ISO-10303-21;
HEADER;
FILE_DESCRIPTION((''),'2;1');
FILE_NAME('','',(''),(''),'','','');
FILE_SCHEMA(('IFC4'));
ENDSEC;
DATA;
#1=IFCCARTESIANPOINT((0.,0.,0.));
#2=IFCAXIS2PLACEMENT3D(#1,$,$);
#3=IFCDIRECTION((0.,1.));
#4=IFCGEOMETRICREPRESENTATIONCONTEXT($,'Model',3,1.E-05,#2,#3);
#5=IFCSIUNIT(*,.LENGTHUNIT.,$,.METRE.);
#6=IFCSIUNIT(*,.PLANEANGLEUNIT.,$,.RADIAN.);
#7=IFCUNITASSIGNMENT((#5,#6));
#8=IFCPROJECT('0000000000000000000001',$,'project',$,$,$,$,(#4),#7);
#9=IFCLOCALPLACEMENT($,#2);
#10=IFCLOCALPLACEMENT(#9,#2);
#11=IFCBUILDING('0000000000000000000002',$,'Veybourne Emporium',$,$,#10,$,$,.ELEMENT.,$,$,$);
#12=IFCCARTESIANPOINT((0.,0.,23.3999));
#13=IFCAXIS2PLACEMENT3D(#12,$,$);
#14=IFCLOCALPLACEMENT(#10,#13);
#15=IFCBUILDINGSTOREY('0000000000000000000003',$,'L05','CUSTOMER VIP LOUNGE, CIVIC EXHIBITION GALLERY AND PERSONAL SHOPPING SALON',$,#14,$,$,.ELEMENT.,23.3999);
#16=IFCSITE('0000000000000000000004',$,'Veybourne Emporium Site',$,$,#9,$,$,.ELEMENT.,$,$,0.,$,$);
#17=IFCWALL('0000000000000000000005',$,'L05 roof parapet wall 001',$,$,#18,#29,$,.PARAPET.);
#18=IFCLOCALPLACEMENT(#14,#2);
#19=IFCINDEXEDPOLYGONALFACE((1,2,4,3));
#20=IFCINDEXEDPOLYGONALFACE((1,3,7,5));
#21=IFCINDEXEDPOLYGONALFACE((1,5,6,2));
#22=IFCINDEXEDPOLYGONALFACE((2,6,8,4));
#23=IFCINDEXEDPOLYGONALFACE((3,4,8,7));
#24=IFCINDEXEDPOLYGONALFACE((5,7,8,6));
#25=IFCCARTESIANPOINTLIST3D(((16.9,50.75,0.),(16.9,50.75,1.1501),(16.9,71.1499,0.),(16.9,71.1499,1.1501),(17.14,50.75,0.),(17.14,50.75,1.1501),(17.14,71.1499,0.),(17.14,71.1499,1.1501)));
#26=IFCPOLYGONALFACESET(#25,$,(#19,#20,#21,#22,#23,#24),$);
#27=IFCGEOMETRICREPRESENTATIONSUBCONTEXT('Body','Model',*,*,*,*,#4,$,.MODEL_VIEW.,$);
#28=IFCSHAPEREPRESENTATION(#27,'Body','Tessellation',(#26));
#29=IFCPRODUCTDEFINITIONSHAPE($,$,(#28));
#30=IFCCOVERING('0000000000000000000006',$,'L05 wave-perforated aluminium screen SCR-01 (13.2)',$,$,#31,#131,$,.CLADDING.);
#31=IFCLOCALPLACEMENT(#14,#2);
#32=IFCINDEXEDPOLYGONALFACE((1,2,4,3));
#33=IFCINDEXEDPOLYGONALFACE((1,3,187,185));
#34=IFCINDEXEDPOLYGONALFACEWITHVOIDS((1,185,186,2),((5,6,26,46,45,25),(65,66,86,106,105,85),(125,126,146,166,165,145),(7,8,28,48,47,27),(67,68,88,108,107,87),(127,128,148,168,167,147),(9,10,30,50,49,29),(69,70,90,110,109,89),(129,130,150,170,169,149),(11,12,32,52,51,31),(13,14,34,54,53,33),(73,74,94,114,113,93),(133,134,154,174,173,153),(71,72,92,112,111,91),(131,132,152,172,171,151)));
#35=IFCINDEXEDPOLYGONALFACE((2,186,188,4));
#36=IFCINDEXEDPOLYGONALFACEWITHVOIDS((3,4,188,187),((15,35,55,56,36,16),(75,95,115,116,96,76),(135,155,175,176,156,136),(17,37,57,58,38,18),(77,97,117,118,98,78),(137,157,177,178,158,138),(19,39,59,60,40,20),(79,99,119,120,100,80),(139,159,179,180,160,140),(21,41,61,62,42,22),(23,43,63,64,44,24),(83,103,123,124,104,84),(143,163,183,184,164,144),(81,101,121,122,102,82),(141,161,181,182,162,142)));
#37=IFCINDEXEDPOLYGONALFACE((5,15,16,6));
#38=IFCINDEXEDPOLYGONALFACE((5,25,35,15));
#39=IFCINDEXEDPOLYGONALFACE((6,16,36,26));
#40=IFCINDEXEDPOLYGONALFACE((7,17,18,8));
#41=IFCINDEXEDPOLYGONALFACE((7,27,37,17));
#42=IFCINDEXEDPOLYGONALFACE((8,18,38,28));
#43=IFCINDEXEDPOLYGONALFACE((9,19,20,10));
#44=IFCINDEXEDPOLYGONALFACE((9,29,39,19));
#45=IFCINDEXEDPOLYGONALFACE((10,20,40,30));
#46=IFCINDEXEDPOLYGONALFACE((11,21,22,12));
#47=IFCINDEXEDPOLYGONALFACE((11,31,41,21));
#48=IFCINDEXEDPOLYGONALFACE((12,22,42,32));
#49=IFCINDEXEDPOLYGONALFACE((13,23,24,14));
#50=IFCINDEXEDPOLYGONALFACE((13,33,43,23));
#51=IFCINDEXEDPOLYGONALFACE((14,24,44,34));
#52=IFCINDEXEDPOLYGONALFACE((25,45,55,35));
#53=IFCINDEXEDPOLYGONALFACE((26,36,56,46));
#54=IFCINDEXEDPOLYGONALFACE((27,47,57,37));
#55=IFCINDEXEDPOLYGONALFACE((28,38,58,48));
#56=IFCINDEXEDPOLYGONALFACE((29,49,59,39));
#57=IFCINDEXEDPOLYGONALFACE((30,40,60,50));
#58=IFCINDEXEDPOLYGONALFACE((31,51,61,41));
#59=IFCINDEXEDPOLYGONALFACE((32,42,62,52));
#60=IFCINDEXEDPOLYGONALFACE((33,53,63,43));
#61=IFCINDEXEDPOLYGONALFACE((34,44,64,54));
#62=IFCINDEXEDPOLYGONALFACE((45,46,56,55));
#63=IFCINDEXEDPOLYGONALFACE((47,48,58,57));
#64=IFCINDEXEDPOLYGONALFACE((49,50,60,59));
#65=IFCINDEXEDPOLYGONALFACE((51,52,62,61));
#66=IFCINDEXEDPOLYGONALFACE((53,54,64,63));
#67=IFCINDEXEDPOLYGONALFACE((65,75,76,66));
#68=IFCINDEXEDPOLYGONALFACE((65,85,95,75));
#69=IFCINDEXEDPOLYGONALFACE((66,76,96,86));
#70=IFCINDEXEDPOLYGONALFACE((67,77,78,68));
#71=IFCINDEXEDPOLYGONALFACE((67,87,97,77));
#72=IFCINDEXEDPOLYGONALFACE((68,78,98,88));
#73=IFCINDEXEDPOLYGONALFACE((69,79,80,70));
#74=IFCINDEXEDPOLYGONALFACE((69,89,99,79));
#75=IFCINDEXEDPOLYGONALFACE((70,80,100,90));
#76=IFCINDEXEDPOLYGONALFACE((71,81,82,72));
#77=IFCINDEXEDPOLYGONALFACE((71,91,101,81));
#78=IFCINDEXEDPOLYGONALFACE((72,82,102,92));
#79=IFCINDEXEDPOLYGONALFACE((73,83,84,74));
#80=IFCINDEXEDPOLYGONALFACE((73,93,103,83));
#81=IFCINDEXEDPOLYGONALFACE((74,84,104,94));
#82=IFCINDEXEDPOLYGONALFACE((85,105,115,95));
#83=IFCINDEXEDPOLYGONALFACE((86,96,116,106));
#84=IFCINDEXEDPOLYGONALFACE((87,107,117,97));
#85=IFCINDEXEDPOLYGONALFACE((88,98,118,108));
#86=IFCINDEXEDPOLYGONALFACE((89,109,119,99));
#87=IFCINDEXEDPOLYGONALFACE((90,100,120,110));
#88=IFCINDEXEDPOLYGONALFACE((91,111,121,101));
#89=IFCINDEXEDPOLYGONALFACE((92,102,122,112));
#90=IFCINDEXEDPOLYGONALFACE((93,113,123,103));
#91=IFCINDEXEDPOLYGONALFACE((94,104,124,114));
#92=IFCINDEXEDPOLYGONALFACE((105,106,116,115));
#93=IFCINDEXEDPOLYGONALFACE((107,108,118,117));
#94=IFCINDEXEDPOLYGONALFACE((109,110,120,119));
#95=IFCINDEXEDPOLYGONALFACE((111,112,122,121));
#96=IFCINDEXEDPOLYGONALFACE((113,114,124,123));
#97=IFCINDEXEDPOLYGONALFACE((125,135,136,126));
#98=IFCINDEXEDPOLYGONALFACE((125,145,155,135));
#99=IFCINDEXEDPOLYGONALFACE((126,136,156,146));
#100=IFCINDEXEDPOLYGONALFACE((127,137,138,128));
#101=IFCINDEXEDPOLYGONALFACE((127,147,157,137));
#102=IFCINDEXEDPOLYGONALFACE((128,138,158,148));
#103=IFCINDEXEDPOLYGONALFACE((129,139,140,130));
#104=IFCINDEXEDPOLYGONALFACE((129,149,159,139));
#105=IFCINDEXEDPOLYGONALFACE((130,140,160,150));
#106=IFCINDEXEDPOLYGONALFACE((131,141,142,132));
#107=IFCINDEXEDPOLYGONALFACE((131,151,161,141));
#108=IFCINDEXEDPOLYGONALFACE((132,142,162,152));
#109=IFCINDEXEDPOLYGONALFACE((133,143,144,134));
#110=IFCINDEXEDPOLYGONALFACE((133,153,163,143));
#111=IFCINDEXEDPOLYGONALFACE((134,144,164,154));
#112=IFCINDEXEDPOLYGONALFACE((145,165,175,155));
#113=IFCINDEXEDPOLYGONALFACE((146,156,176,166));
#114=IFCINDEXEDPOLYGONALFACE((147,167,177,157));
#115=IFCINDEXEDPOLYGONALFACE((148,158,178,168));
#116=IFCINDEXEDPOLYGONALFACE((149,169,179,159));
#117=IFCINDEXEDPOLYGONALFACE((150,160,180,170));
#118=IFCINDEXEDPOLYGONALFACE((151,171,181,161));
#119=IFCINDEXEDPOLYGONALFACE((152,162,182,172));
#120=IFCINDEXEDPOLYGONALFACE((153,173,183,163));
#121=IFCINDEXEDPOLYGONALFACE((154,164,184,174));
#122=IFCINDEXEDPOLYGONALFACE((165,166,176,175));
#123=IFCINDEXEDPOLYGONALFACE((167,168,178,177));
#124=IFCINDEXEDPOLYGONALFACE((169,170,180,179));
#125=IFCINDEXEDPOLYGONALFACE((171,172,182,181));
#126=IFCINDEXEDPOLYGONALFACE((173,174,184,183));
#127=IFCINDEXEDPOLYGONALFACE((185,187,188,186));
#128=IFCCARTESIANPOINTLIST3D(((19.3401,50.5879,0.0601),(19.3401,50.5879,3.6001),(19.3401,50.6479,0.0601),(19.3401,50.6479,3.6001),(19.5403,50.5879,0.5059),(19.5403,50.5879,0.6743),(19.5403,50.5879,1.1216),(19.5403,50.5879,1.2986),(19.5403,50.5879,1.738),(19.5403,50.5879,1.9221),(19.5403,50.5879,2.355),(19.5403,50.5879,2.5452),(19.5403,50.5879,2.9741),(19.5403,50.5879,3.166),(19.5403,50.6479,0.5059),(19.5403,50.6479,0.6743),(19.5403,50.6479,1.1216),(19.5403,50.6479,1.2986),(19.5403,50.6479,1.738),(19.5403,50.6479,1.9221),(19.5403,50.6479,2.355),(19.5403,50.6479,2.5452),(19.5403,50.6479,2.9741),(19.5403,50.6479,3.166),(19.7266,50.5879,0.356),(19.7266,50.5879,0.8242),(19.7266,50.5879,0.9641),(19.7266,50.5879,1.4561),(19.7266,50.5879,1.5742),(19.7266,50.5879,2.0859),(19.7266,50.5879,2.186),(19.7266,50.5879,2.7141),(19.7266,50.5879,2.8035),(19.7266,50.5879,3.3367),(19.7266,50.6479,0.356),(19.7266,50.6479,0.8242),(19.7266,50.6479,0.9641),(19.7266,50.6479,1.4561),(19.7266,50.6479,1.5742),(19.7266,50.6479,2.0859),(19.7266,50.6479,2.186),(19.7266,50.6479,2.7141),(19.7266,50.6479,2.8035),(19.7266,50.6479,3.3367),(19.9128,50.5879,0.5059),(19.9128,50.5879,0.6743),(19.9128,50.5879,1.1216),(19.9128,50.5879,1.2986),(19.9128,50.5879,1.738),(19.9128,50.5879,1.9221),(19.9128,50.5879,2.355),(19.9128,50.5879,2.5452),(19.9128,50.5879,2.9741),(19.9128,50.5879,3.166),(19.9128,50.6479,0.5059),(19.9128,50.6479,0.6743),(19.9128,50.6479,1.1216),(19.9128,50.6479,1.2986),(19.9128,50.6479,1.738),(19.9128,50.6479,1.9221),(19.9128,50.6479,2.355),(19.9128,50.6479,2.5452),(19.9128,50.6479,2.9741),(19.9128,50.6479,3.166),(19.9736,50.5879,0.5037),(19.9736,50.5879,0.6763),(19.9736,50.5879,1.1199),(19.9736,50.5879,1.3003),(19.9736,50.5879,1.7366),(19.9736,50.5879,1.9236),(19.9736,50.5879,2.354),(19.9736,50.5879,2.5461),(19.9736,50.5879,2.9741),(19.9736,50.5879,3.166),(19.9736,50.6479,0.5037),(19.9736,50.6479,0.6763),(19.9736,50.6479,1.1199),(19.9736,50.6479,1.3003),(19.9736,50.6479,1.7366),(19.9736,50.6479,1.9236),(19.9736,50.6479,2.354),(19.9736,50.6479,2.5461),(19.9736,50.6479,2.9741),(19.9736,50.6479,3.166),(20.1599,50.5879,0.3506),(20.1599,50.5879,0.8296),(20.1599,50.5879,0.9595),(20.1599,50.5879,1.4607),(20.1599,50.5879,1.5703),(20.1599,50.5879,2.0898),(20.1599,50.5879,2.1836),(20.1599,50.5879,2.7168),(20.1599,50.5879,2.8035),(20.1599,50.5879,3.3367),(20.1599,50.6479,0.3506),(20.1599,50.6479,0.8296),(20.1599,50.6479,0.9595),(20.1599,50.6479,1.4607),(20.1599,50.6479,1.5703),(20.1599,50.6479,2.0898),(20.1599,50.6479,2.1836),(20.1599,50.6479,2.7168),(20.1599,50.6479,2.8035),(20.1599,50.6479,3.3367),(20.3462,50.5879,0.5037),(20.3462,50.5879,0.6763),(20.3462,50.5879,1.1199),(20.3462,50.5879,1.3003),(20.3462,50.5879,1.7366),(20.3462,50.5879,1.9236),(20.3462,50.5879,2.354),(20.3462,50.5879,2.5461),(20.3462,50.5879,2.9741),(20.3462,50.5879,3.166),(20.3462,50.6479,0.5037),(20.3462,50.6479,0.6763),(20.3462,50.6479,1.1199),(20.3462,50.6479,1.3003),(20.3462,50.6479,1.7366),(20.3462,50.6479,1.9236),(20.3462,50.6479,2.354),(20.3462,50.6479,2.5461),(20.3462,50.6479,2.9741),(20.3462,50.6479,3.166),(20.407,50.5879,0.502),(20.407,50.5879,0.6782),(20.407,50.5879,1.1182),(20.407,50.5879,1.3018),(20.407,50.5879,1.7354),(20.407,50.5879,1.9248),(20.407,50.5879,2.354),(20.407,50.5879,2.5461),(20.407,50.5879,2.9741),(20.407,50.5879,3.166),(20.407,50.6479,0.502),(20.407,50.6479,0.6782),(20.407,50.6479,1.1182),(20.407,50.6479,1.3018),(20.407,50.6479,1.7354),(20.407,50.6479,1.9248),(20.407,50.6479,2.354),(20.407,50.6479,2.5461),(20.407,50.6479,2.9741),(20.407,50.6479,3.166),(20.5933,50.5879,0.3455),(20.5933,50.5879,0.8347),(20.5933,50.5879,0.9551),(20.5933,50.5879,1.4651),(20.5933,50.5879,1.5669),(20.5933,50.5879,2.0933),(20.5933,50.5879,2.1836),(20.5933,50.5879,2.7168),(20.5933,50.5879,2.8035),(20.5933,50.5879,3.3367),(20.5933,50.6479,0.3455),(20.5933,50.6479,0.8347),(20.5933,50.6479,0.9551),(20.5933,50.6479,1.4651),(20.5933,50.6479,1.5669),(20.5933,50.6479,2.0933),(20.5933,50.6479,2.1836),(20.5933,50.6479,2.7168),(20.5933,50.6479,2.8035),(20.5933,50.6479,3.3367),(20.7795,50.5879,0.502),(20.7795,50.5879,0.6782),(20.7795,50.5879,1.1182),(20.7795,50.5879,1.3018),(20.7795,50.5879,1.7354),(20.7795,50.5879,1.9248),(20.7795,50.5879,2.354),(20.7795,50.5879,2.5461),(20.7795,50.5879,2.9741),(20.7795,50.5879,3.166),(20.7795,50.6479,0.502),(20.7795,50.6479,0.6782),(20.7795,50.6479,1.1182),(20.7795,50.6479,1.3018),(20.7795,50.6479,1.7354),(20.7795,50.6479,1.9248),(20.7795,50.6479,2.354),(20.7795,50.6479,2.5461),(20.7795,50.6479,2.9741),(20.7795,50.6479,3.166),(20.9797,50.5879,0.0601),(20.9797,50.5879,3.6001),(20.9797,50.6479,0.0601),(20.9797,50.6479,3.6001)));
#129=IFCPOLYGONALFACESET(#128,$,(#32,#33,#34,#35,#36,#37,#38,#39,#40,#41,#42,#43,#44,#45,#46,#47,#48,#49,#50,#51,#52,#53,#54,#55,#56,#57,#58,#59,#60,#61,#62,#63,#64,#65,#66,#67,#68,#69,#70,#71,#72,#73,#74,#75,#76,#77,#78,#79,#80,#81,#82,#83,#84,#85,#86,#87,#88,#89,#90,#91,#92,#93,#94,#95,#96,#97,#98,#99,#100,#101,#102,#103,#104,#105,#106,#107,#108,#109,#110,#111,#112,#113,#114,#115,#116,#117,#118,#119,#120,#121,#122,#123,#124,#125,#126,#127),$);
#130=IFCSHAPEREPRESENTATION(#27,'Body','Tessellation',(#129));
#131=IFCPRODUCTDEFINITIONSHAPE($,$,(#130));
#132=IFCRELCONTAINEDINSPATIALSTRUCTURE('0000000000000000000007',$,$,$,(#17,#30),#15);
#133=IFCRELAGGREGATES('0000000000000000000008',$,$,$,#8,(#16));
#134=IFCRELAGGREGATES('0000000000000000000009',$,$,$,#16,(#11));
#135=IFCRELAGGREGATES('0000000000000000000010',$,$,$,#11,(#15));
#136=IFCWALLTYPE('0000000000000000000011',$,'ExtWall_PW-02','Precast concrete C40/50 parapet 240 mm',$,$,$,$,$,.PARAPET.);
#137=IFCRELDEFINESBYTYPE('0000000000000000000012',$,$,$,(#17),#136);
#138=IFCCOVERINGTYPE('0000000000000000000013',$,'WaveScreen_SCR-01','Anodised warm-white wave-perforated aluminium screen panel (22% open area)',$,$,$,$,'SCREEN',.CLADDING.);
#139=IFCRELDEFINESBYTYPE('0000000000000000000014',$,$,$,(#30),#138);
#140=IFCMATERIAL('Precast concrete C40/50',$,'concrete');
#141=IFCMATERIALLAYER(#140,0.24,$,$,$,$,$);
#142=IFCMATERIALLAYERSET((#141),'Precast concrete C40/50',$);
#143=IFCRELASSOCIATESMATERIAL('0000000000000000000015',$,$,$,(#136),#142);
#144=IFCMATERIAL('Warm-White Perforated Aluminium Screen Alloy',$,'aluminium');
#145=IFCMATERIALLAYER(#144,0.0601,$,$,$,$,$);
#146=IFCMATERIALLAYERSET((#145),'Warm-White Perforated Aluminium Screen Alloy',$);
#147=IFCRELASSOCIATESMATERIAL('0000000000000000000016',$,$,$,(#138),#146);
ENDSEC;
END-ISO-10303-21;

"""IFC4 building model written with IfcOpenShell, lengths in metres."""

from ifc_helpers import new_model, si_unit, direction, frame, frame_2d, origin, place, context, subcontext, project, spatial, polyline, rectangle, outline, extrude, material, layer, layer_set, type_object, element, save


model = new_model("IFC4")

# Units and contexts
model_context = context("Model", 3, precision=1e-05, world=origin(), true_north=direction((0.0, 1.0)))
body_context = subcontext(model_context, "Body", "Model", "MODEL_VIEW")
ifc_project = project(units=[si_unit("LENGTHUNIT", "METRE"), si_unit("PLANEANGLEUNIT", "RADIAN")], contexts=[model_context])

# Site, building, storey
site_placement = place(None, origin())
site = spatial("IfcSite", under=ifc_project, at=site_placement, Name="Veybourne Emporium Site", CompositionType="ELEMENT", RefElevation=0.0)
building_placement = place(site_placement, origin())
building = spatial("IfcBuilding", under=site, at=building_placement, Name="Veybourne Emporium", CompositionType="ELEMENT")
storey_placement = place(building_placement, frame((0.0, 0.0, 23.3999)))
storey = spatial("IfcBuildingStorey", under=building, at=storey_placement, Name="L05", Description="CUSTOMER VIP LOUNGE, CIVIC EXHIBITION GALLERY AND PERSONAL SHOPPING SALON", CompositionType="ELEMENT", Elevation=23.3999)

# Wall
ifc_material_1 = material(Name="Precast concrete C40/50", Category="concrete")
ifc_layer_1 = layer(ifc_material_1, 0.24)
ifc_layer_set_1 = layer_set([ifc_layer_1], Name="Precast concrete C40/50")
wall_type_1 = type_object("IfcWallType", Name="ExtWall_PW-02", Description="Precast concrete C40/50 parapet 240 mm", PredefinedType="PARAPET", material=ifc_layer_set_1)
wall_1_placement = place(storey_placement, frame((17.02, 50.75, 0.0), z_axis=(0.0, 0.0, 1.0), x_axis=(0.0, 1.0, 0.0)))
element("IfcWall", 1, at=wall_1_placement, inside=storey, type_object=wall_type_1, Name="L05 roof parapet wall 001", PredefinedType="PARAPET", context=body_context, shape_type="SweptSolid", body=[
    extrude(rectangle(XDim=20.3999, YDim=0.24, at=frame_2d((10.2, 0.0))), origin(), (0.0, 0.0, 1.0), 1.1501),
])

# Covering
ifc_material_2 = material(Name="Warm-White Perforated Aluminium Screen Alloy", Category="aluminium")
ifc_layer_2 = layer(ifc_material_2, 0.0601)
ifc_layer_set_2 = layer_set([ifc_layer_2], Name="Warm-White Perforated Aluminium Screen Alloy")
covering_type_1 = type_object("IfcCoveringType", Name="WaveScreen_SCR-01", Description="Anodised warm-white wave-perforated aluminium screen panel (22% open area)", ElementType="SCREEN", PredefinedType="CLADDING", material=ifc_layer_set_2)
covering_1_placement = place(storey_placement, frame((20.1599, 50.6479, 1.8301), z_axis=(0.0, -1.0, 0.0), x_axis=(1.0, 0.0, 0.0)))
element("IfcCovering", 2, at=covering_1_placement, inside=storey, type_object=covering_type_1, Name="L05 wave-perforated aluminium screen SCR-01 (13.2)", PredefinedType="CLADDING", context=body_context, shape_type="SweptSolid", body=[
    extrude(outline(polyline([(-0.8198, -1.77), (0.8198, -1.77), (0.8198, 1.77), (-0.8198, 1.77), (-0.8198, -1.77)]), holes=[polyline([(-0.4333, -1.0059), (-0.2471, -1.1558), (-0.2471, -1.3242), (-0.4333, -1.4741), (-0.6196, -1.3242), (-0.6196, -1.1558), (-0.4333, -1.0059)]), polyline([(-0.4333, -0.374), (-0.2471, -0.5315), (-0.2471, -0.7085), (-0.4333, -0.866), (-0.6196, -0.7085), (-0.6196, -0.5315), (-0.4333, -0.374)]), polyline([(-0.4333, 0.2559), (-0.2471, 0.092), (-0.2471, -0.092), (-0.4333, -0.2559), (-0.6196, -0.092), (-0.6196, 0.092), (-0.4333, 0.2559)]), polyline([(-0.4333, 0.884), (-0.2471, 0.7151), (-0.2471, 0.5249), (-0.4333, 0.356), (-0.6196, 0.5249), (-0.6196, 0.7151), (-0.4333, 0.884)]), polyline([(-0.4333, 1.5066), (-0.2471, 1.3359), (-0.2471, 1.144), (-0.4333, 0.9734), (-0.6196, 1.144), (-0.6196, 1.3359), (-0.4333, 1.5066)]), polyline([(0.0, -1.0005), (0.1863, -1.1538), (0.1863, -1.3264), (0.0, -1.4795), (-0.1863, -1.3264), (-0.1863, -1.1538), (0.0, -1.0005)]), polyline([(0.0, -0.3694), (0.1863, -0.5298), (0.1863, -0.7102), (0.0, -0.8706), (-0.1863, -0.7102), (-0.1863, -0.5298), (0.0, -0.3694)]), polyline([(0.0, 0.2598), (0.1863, 0.0935), (0.1863, -0.0935), (0.0, -0.2598), (-0.1863, -0.0935), (-0.1863, 0.0935), (0.0, 0.2598)]), polyline([(0.0, 0.8867), (0.1863, 0.7161), (0.1863, 0.5239), (0.0, 0.3535), (-0.1863, 0.5239), (-0.1863, 0.7161), (0.0, 0.8867)]), polyline([(0.0, 1.5066), (0.1863, 1.3359), (0.1863, 1.144), (0.0, 0.9734), (-0.1863, 1.144), (-0.1863, 1.3359), (0.0, 1.5066)]), polyline([(0.4333, -0.9954), (0.6196, -1.1519), (0.6196, -1.3281), (0.4333, -1.4846), (0.2471, -1.3281), (0.2471, -1.1519), (0.4333, -0.9954)]), polyline([(0.4333, -0.365), (0.6196, -0.5283), (0.6196, -0.7119), (0.4333, -0.875), (0.2471, -0.7119), (0.2471, -0.5283), (0.4333, -0.365)]), polyline([(0.4333, 0.2632), (0.6196, 0.0947), (0.6196, -0.0947), (0.4333, -0.2632), (0.2471, -0.0947), (0.2471, 0.0947), (0.4333, 0.2632)]), polyline([(0.4333, 0.8867), (0.6196, 0.7161), (0.6196, 0.5239), (0.4333, 0.3535), (0.2471, 0.5239), (0.2471, 0.7161), (0.4333, 0.8867)]), polyline([(0.4333, 1.5066), (0.6196, 1.3359), (0.6196, 1.144), (0.4333, 0.9734), (0.2471, 1.144), (0.2471, 1.3359), (0.4333, 1.5066)])]), origin(), (0.0, 0.0, 1.0), 0.0601),
])

save(model, "model.ifc")
